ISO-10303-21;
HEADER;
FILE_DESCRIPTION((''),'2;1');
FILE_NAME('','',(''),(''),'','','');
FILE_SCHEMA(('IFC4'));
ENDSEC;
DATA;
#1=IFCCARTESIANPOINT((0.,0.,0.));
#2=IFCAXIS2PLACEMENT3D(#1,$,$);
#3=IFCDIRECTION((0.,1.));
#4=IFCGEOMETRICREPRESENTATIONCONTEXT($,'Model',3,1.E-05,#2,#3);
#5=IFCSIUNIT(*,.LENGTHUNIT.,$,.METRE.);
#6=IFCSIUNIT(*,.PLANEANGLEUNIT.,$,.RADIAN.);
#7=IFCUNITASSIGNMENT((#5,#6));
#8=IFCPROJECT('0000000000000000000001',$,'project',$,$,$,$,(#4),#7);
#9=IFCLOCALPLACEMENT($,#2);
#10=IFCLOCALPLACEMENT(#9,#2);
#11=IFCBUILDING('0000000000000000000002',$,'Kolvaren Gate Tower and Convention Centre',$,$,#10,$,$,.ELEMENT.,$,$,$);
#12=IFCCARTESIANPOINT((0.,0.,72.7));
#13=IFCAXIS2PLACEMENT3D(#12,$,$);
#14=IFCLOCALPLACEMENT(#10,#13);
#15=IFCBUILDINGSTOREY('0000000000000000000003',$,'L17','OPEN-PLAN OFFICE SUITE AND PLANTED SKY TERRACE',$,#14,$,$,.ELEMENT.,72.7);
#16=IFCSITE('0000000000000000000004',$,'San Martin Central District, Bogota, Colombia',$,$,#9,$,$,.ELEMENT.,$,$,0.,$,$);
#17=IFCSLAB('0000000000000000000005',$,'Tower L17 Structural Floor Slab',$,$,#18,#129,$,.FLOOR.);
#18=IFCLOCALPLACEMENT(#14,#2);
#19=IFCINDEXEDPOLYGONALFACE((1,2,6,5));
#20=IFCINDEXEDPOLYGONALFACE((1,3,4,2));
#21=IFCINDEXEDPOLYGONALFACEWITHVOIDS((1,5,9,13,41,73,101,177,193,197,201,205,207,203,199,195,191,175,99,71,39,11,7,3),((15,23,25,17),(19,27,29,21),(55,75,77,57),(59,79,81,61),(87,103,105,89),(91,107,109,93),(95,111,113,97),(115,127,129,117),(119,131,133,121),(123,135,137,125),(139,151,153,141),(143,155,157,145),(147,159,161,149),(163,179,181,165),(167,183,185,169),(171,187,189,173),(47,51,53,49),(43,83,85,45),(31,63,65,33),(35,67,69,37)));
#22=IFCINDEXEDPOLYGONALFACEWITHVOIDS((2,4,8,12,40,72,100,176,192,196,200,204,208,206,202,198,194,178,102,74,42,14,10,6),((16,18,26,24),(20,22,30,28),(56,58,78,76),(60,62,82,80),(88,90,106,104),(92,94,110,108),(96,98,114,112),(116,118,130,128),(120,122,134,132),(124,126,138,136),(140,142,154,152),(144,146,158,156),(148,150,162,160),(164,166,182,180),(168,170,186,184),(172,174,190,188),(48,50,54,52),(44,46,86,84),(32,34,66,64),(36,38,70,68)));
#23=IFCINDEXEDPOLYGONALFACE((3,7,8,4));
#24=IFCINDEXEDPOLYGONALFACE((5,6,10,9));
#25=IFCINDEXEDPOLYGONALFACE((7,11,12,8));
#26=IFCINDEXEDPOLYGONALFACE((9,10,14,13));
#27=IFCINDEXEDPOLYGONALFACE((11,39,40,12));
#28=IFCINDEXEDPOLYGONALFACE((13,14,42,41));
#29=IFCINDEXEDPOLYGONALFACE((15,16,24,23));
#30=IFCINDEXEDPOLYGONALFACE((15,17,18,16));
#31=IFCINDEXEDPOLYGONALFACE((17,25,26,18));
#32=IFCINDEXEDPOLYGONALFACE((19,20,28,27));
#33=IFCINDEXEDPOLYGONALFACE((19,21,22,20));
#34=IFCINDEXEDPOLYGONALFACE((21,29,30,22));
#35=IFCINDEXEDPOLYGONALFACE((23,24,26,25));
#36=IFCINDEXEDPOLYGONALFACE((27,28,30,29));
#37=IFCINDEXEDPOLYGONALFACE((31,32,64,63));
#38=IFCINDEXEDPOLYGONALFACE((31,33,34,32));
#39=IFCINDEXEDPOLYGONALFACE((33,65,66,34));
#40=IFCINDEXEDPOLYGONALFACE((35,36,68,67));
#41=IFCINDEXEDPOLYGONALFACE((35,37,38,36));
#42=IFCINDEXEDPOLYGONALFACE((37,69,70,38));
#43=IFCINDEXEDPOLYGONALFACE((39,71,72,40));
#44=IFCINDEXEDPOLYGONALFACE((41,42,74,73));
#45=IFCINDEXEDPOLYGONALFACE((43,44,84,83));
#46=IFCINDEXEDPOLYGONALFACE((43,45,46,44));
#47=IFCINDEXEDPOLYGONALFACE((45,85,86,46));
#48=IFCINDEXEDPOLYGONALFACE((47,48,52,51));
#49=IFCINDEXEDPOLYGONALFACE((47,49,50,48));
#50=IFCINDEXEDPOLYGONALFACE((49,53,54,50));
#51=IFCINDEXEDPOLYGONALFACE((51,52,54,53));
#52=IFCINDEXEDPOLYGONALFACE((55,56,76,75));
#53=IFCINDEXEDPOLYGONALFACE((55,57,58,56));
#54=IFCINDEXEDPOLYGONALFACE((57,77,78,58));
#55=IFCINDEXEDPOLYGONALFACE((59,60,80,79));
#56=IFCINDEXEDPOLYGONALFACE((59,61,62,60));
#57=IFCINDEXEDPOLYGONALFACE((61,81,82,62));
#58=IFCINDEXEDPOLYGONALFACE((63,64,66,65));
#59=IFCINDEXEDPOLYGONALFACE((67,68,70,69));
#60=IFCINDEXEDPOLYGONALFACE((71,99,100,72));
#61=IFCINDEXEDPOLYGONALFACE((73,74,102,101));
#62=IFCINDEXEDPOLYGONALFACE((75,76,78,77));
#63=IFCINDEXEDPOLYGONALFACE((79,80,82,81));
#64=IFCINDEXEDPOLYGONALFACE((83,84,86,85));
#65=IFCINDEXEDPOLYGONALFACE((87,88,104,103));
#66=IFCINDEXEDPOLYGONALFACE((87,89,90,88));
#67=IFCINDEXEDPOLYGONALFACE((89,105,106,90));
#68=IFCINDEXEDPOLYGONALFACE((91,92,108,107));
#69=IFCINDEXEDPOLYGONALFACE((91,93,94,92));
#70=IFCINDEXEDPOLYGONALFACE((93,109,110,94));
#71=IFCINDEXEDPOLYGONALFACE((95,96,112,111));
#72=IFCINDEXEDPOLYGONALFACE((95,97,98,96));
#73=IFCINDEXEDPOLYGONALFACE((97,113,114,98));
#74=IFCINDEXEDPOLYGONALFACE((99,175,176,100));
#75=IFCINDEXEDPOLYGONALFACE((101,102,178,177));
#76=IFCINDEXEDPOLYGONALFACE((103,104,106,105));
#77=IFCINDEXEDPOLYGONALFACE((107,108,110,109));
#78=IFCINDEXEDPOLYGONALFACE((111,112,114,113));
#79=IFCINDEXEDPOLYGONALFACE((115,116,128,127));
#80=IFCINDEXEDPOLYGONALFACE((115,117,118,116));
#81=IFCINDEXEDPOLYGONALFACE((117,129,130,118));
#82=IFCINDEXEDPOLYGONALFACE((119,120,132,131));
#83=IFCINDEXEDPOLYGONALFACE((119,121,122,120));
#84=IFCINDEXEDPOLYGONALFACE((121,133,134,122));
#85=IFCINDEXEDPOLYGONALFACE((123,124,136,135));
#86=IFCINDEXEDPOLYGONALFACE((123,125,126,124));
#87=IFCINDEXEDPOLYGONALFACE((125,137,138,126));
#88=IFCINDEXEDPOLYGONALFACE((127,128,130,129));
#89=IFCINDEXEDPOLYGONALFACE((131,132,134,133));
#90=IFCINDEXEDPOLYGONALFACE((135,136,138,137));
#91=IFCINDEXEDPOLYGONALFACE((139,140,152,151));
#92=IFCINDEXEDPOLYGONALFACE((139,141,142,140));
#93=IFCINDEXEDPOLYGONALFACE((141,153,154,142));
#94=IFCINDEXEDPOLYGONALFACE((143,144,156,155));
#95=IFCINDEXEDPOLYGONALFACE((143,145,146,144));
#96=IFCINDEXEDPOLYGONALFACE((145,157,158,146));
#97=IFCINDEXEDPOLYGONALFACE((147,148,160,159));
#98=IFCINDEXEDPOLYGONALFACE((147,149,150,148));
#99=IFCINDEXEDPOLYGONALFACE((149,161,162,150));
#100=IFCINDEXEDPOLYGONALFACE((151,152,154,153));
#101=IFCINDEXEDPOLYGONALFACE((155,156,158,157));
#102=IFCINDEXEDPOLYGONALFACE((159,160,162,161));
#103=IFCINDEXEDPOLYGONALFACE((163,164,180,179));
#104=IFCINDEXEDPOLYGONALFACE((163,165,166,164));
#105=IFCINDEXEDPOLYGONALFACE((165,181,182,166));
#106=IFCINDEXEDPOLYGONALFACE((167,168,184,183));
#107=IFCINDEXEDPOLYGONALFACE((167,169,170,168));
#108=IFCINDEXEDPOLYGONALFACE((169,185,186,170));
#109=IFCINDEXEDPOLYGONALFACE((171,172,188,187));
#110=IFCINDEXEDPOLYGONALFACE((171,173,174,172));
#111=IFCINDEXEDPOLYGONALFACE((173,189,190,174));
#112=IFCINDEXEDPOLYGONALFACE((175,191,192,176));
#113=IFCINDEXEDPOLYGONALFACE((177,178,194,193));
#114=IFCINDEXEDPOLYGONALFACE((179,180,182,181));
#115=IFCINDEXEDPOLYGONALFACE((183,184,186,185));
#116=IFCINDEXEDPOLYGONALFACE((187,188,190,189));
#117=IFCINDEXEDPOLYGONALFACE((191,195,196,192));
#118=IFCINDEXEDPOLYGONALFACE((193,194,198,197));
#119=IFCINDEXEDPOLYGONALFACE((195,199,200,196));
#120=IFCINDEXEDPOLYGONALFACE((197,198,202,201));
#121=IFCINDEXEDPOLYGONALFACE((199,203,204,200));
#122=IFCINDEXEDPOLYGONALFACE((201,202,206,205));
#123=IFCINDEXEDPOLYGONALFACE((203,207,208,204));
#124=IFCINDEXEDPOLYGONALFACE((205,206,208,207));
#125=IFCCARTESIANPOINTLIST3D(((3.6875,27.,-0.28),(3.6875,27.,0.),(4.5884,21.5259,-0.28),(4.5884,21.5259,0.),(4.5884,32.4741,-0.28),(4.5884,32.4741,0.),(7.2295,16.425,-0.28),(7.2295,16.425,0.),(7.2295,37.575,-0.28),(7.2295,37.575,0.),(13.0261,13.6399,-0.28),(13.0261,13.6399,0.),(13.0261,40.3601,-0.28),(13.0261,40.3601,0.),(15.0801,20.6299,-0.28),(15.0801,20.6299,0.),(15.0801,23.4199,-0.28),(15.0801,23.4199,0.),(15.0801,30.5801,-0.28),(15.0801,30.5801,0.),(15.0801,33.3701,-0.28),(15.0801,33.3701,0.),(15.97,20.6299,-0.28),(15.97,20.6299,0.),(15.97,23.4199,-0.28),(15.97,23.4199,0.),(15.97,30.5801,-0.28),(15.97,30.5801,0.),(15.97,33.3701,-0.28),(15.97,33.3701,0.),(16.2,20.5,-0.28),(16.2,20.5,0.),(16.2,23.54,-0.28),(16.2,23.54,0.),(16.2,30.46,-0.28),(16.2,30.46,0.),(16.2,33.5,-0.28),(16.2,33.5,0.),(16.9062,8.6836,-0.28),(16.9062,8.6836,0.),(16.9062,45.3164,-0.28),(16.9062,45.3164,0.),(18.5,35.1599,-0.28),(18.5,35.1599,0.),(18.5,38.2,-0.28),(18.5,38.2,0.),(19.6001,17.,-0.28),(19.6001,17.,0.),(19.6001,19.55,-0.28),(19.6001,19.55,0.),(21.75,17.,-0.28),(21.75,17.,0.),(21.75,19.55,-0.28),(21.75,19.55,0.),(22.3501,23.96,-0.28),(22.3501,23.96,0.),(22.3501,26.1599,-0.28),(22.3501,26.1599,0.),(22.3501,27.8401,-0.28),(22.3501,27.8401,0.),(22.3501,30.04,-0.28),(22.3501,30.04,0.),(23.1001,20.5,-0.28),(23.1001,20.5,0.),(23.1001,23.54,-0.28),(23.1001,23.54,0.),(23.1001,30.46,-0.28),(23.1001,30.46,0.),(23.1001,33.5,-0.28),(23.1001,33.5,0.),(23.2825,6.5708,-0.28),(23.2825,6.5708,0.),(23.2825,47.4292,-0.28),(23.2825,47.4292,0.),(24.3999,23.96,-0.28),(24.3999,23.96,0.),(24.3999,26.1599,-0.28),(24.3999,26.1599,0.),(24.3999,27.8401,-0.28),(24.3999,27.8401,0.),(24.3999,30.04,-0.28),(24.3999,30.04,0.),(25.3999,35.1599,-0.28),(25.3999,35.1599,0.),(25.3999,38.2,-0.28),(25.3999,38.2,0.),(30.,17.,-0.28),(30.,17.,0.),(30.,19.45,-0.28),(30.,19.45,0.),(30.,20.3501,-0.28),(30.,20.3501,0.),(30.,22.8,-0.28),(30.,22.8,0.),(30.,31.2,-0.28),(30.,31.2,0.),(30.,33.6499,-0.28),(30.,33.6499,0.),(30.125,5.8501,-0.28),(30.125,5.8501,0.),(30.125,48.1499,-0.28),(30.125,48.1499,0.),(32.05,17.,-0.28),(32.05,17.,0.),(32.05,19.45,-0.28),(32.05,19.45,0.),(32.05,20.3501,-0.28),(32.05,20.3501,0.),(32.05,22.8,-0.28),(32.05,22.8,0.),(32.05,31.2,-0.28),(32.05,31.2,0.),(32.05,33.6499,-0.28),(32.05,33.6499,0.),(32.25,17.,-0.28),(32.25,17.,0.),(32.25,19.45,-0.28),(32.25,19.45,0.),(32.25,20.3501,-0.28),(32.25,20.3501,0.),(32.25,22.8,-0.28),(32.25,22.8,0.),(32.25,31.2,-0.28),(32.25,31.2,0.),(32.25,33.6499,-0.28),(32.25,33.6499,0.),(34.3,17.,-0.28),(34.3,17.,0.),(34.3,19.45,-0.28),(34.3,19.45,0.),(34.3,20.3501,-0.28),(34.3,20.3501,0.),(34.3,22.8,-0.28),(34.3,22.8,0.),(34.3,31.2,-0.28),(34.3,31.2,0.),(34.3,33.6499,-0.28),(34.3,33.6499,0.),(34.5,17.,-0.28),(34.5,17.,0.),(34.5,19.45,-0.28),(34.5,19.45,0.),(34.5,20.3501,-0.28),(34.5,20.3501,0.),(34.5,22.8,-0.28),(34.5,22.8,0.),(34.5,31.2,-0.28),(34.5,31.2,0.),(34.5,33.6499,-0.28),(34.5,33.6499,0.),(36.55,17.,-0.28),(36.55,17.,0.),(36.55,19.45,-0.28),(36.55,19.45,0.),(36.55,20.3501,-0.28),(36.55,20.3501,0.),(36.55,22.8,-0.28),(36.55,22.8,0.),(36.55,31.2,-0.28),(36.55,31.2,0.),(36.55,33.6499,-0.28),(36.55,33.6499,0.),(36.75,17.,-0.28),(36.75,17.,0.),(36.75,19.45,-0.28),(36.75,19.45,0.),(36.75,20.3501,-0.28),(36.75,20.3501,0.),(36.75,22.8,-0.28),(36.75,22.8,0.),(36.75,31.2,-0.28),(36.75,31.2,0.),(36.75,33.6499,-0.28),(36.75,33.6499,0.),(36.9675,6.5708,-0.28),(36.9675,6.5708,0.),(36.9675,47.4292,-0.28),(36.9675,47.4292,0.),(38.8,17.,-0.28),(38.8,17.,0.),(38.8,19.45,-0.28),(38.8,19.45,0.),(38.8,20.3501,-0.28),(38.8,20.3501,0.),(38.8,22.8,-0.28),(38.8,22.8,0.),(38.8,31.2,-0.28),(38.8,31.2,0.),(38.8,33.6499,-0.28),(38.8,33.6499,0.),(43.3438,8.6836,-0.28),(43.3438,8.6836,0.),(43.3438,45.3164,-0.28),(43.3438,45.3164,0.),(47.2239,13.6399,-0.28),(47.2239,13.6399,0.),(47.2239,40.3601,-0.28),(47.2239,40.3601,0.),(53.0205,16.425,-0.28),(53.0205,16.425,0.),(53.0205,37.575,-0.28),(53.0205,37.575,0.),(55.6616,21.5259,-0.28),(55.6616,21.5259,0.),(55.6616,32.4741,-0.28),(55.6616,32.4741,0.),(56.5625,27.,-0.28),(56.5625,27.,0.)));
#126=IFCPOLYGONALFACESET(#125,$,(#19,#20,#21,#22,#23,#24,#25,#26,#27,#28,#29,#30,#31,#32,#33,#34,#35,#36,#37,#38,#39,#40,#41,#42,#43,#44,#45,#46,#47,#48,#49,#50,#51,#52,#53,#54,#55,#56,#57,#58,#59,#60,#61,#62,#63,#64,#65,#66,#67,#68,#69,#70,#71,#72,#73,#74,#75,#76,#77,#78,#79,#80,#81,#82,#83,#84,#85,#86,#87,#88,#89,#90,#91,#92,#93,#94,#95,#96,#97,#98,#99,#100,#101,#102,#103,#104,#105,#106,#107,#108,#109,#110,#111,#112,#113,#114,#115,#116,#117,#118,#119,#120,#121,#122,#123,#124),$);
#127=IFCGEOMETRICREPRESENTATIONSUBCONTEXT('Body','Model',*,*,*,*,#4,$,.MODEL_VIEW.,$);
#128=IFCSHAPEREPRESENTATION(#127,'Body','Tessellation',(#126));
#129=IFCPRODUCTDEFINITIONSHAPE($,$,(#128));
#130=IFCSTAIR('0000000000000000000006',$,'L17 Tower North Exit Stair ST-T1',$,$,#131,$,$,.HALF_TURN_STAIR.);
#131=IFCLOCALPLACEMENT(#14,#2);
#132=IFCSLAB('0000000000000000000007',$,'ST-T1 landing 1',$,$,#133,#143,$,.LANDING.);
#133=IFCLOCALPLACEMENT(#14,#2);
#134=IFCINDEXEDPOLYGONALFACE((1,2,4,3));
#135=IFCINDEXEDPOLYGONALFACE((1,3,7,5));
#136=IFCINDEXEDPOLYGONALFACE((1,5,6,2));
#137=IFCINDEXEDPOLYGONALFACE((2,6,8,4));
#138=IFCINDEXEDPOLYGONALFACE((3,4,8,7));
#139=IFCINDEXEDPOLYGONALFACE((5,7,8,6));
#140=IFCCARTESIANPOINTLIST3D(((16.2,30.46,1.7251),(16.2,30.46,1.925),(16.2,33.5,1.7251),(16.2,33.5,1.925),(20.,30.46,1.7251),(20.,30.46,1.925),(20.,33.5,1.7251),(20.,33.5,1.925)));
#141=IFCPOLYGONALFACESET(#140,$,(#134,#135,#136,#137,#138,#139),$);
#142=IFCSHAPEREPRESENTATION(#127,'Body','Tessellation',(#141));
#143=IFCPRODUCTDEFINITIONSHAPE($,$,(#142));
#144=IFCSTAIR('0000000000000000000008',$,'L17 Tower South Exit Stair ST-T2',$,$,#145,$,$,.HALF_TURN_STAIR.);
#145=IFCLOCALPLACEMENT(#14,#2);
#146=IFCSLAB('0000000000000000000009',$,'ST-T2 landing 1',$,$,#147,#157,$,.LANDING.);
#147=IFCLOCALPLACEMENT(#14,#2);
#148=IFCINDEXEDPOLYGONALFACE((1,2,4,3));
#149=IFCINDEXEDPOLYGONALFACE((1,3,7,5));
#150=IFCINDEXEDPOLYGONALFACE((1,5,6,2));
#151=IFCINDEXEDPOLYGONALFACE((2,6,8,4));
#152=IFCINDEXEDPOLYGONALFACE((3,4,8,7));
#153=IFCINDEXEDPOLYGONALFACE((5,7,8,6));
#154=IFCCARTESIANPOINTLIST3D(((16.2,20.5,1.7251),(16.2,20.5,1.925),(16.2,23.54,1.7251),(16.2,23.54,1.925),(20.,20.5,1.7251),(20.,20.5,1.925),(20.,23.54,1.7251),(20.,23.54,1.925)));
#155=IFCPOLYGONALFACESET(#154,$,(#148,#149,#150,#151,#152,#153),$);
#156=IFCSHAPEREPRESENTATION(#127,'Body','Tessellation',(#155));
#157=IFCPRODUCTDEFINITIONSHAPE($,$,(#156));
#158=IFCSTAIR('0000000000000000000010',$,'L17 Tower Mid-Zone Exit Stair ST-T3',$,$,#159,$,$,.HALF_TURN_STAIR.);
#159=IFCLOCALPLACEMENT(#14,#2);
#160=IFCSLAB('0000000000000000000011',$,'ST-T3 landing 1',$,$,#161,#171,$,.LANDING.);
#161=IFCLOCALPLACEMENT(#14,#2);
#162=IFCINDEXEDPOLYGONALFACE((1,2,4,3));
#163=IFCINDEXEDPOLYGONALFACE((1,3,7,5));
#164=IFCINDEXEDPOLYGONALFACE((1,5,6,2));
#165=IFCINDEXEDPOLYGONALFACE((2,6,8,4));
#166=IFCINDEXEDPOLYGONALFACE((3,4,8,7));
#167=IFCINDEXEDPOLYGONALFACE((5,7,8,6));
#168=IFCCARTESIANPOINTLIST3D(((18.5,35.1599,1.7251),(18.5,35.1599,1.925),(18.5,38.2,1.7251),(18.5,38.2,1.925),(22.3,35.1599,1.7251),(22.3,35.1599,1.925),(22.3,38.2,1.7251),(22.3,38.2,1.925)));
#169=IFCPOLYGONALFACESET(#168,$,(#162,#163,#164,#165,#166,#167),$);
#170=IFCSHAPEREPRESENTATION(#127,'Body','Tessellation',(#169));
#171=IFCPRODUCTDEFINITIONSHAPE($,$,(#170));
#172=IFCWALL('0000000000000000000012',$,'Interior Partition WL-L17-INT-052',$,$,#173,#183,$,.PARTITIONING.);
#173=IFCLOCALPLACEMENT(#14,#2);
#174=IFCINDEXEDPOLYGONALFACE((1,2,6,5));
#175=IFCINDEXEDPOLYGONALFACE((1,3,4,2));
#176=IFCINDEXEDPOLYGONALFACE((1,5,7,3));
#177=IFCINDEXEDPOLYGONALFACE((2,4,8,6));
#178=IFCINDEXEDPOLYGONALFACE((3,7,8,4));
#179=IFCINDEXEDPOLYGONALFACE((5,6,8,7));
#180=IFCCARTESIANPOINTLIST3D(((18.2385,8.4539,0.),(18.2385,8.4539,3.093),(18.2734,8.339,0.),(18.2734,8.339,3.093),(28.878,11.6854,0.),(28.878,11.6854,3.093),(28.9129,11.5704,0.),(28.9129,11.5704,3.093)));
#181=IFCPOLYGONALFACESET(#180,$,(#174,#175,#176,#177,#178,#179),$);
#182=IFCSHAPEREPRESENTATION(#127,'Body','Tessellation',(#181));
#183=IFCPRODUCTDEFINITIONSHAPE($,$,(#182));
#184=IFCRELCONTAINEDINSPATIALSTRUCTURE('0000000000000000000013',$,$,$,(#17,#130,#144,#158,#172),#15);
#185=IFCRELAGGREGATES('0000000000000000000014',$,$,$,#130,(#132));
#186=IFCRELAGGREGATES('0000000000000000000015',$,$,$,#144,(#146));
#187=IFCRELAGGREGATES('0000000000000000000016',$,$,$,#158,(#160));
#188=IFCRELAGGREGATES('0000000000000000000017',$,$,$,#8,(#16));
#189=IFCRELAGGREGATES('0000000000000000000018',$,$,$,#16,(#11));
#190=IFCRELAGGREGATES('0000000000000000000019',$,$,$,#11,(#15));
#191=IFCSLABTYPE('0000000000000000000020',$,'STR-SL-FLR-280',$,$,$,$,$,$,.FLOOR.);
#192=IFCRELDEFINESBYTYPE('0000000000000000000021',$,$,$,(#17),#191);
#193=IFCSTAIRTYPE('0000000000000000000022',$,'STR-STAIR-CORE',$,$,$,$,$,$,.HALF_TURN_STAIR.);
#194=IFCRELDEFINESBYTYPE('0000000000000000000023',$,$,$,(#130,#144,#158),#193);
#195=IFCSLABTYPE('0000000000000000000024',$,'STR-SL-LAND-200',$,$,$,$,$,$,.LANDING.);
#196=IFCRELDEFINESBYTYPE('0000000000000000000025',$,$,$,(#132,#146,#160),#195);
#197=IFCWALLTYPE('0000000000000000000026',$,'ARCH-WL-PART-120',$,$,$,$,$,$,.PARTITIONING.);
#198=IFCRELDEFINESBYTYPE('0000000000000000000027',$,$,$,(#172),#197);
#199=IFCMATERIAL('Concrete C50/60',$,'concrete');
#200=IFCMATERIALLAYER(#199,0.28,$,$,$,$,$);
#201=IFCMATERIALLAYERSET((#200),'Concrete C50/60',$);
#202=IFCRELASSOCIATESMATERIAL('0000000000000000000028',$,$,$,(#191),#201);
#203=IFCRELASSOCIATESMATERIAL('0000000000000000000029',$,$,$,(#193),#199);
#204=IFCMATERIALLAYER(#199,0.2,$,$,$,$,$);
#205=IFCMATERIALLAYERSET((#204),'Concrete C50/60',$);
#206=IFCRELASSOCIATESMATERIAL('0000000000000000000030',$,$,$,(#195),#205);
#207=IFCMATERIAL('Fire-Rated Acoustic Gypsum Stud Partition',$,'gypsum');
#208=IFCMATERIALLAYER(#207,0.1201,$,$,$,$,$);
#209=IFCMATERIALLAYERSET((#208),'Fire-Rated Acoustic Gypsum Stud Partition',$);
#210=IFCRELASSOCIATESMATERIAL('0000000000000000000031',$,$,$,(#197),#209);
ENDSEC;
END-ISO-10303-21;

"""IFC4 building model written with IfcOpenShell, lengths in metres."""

from ifc_helpers import new_model, si_unit, direction, frame, frame_2d, origin, place, context, subcontext, project, spatial, polyline, rectangle, outline, extrude, material, layer, layer_set, type_object, element, aggregate, save


model = new_model("IFC4")

# Units and contexts
model_context = context("Model", 3, precision=1e-05, world=origin(), true_north=direction((0.0, 1.0)))
body_context = subcontext(model_context, "Body", "Model", "MODEL_VIEW")
ifc_project = project(units=[si_unit("LENGTHUNIT", "METRE"), si_unit("PLANEANGLEUNIT", "RADIAN")], contexts=[model_context])

# Site, building, storey
site_placement = place(None, origin())
site = spatial("IfcSite", under=ifc_project, at=site_placement, Name="San Martin Central District, Bogota, Colombia", CompositionType="ELEMENT", RefElevation=0.0)
building_placement = place(site_placement, origin())
building = spatial("IfcBuilding", under=site, at=building_placement, Name="Kolvaren Gate Tower and Convention Centre", CompositionType="ELEMENT")
storey_placement = place(building_placement, frame((0.0, 0.0, 72.7)))
storey = spatial("IfcBuildingStorey", under=building, at=storey_placement, Name="L17", Description="OPEN-PLAN OFFICE SUITE AND PLANTED SKY TERRACE", CompositionType="ELEMENT", Elevation=72.7)

# Slab
ifc_material_1 = material(Name="Concrete C50/60", Category="concrete")
ifc_layer_1 = layer(ifc_material_1, 0.28)
ifc_layer_set_1 = layer_set([ifc_layer_1], Name="Concrete C50/60")
slab_type_1 = type_object("IfcSlabType", Name="STR-SL-FLR-280", PredefinedType="FLOOR", material=ifc_layer_set_1)
slab_1_placement = place(storey_placement, frame((0.0, 0.0, -0.28)))
element("IfcSlab", 1, at=slab_1_placement, inside=storey, type_object=slab_type_1, Name="Tower L17 Structural Floor Slab", PredefinedType="FLOOR", context=body_context, shape_type="SweptSolid", body=[
    extrude(outline(polyline([(56.5625, 27.0), (55.6616, 32.4741), (53.0205, 37.575), (47.2239, 40.3601), (43.3438, 45.3164), (36.9675, 47.4292), (30.125, 48.1499), (23.2825, 47.4292), (16.9062, 45.3164), (13.0261, 40.3601), (7.2295, 37.575), (4.5884, 32.4741), (3.6875, 27.0), (4.5884, 21.5259), (7.2295, 16.425), (13.0261, 13.6399), (16.9062, 8.6836), (23.2825, 6.5708), (30.125, 5.8501), (36.9675, 6.5708), (43.3438, 8.6836), (47.2239, 13.6399), (53.0205, 16.425), (55.6616, 21.5259), (56.5625, 27.0)]), holes=[polyline([(36.75, 33.6499), (38.8, 33.6499), (38.8, 31.2), (36.75, 31.2), (36.75, 33.6499)]), polyline([(36.75, 20.3501), (36.75, 22.8), (38.8, 22.8), (38.8, 20.3501), (36.75, 20.3501)]), polyline([(36.75, 17.0), (36.75, 19.45), (38.8, 19.45), (38.8, 17.0), (36.75, 17.0)]), polyline([(34.5, 33.6499), (36.55, 33.6499), (36.55, 31.2), (34.5, 31.2), (34.5, 33.6499)]), polyline([(34.5, 22.8), (36.55, 22.8), (36.55, 20.3501), (34.5, 20.3501), (34.5, 22.8)]), polyline([(34.5, 17.0), (34.5, 19.45), (36.55, 19.45), (36.55, 17.0), (34.5, 17.0)]), polyline([(32.25, 31.2), (32.25, 33.6499), (34.3, 33.6499), (34.3, 31.2), (32.25, 31.2)]), polyline([(32.25, 22.8), (34.3, 22.8), (34.3, 20.3501), (32.25, 20.3501), (32.25, 22.8)]), polyline([(32.25, 17.0), (32.25, 19.45), (34.3, 19.45), (34.3, 17.0), (32.25, 17.0)]), polyline([(30.0, 31.2), (30.0, 33.6499), (32.05, 33.6499), (32.05, 31.2), (30.0, 31.2)]), polyline([(30.0, 20.3501), (30.0, 22.8), (32.05, 22.8), (32.05, 20.3501), (30.0, 20.3501)]), polyline([(30.0, 17.0), (30.0, 19.45), (32.05, 19.45), (32.05, 17.0), (30.0, 17.0)]), polyline([(25.3999, 35.1599), (18.5, 35.1599), (18.5, 38.2), (25.3999, 38.2), (25.3999, 35.1599)]), polyline([(22.3501, 27.8401), (22.3501, 30.04), (24.3999, 30.04), (24.3999, 27.8401), (22.3501, 27.8401)]), polyline([(22.3501, 23.96), (22.3501, 26.1599), (24.3999, 26.1599), (24.3999, 23.96), (22.3501, 23.96)]), polyline([(23.1001, 30.46), (16.2, 30.46), (16.2, 33.5), (23.1001, 33.5), (23.1001, 30.46)]), polyline([(23.1001, 20.5), (16.2, 20.5), (16.2, 23.54), (23.1001, 23.54), (23.1001, 20.5)]), polyline([(19.6001, 17.0), (19.6001, 19.55), (21.75, 19.55), (21.75, 17.0), (19.6001, 17.0)]), polyline([(15.0801, 23.4199), (15.97, 23.4199), (15.97, 20.6299), (15.0801, 20.6299), (15.0801, 23.4199)]), polyline([(15.0801, 30.5801), (15.0801, 33.3701), (15.97, 33.3701), (15.97, 30.5801), (15.0801, 30.5801)])]), origin(), (0.0, 0.0, 1.0), 0.28),
])

# Stairs, slabs
stair_type = type_object("IfcStairType", Name="STR-STAIR-CORE", PredefinedType="HALF_TURN_STAIR", material=ifc_material_1)
stair_1_placement = place(storey_placement, origin())
stair_1 = element("IfcStair", 2, at=stair_1_placement, inside=storey, type_object=stair_type, Name="L17 Tower North Exit Stair ST-T1", PredefinedType="HALF_TURN_STAIR")
ifc_layer_2 = layer(ifc_material_1, 0.2)
ifc_layer_set_2 = layer_set([ifc_layer_2], Name="Concrete C50/60")
slab_type_2 = type_object("IfcSlabType", Name="STR-SL-LAND-200", PredefinedType="LANDING", material=ifc_layer_set_2)
slab_2_placement = place(storey_placement, frame((0.0, 0.0, 1.7251)))
slab_2 = element("IfcSlab", 3, at=slab_2_placement, type_object=slab_type_2, Name="ST-T1 landing 1", PredefinedType="LANDING", context=body_context, shape_type="SweptSolid", body=[
    extrude(outline(polyline([(20.0, 33.5), (16.2, 33.5), (16.2, 30.46), (20.0, 30.46), (20.0, 33.5)])), origin(), (0.0, 0.0, 1.0), 0.2),
])
aggregate(stair_1, [slab_2])
stair_2_placement = place(storey_placement, origin())
stair_2 = element("IfcStair", 4, at=stair_2_placement, inside=storey, type_object=stair_type, Name="L17 Tower South Exit Stair ST-T2", PredefinedType="HALF_TURN_STAIR")
slab_3_placement = place(storey_placement, frame((0.0, 0.0, 1.7251)))
slab_3 = element("IfcSlab", 5, at=slab_3_placement, type_object=slab_type_2, Name="ST-T2 landing 1", PredefinedType="LANDING", context=body_context, shape_type="SweptSolid", body=[
    extrude(outline(polyline([(20.0, 23.54), (16.2, 23.54), (16.2, 20.5), (20.0, 20.5), (20.0, 23.54)])), origin(), (0.0, 0.0, 1.0), 0.2),
])
aggregate(stair_2, [slab_3])
stair_3_placement = place(storey_placement, origin())
stair_3 = element("IfcStair", 6, at=stair_3_placement, inside=storey, type_object=stair_type, Name="L17 Tower Mid-Zone Exit Stair ST-T3", PredefinedType="HALF_TURN_STAIR")
slab_4_placement = place(storey_placement, frame((0.0, 0.0, 1.7251)))
slab_4 = element("IfcSlab", 7, at=slab_4_placement, type_object=slab_type_2, Name="ST-T3 landing 1", PredefinedType="LANDING", context=body_context, shape_type="SweptSolid", body=[
    extrude(outline(polyline([(22.3, 38.2), (18.5, 38.2), (18.5, 35.1599), (22.3, 35.1599), (22.3, 38.2)])), origin(), (0.0, 0.0, 1.0), 0.2),
])
aggregate(stair_3, [slab_4])

# Wall
ifc_material_2 = material(Name="Fire-Rated Acoustic Gypsum Stud Partition", Category="gypsum")
ifc_layer_3 = layer(ifc_material_2, 0.1201)
ifc_layer_set_3 = layer_set([ifc_layer_3], Name="Fire-Rated Acoustic Gypsum Stud Partition")
wall_type_1 = type_object("IfcWallType", Name="ARCH-WL-PART-120", PredefinedType="PARTITIONING", material=ifc_layer_set_3)
wall_1_placement = place(storey_placement, frame((18.2561, 8.3965, 0.0), z_axis=(0.0, 0.0, 1.0), x_axis=(0.95684, 0.290616, 0.0)))
element("IfcWall", 8, at=wall_1_placement, inside=storey, type_object=wall_type_1, Name="Interior Partition WL-L17-INT-052", PredefinedType="PARTITIONING", context=body_context, shape_type="SweptSolid", body=[
    extrude(rectangle(XDim=11.1194, YDim=0.1201, at=frame_2d((5.5596, 0.0))), origin(), (0.0, 0.0, 1.0), 3.093),
])

save(model, "model.ifc")
